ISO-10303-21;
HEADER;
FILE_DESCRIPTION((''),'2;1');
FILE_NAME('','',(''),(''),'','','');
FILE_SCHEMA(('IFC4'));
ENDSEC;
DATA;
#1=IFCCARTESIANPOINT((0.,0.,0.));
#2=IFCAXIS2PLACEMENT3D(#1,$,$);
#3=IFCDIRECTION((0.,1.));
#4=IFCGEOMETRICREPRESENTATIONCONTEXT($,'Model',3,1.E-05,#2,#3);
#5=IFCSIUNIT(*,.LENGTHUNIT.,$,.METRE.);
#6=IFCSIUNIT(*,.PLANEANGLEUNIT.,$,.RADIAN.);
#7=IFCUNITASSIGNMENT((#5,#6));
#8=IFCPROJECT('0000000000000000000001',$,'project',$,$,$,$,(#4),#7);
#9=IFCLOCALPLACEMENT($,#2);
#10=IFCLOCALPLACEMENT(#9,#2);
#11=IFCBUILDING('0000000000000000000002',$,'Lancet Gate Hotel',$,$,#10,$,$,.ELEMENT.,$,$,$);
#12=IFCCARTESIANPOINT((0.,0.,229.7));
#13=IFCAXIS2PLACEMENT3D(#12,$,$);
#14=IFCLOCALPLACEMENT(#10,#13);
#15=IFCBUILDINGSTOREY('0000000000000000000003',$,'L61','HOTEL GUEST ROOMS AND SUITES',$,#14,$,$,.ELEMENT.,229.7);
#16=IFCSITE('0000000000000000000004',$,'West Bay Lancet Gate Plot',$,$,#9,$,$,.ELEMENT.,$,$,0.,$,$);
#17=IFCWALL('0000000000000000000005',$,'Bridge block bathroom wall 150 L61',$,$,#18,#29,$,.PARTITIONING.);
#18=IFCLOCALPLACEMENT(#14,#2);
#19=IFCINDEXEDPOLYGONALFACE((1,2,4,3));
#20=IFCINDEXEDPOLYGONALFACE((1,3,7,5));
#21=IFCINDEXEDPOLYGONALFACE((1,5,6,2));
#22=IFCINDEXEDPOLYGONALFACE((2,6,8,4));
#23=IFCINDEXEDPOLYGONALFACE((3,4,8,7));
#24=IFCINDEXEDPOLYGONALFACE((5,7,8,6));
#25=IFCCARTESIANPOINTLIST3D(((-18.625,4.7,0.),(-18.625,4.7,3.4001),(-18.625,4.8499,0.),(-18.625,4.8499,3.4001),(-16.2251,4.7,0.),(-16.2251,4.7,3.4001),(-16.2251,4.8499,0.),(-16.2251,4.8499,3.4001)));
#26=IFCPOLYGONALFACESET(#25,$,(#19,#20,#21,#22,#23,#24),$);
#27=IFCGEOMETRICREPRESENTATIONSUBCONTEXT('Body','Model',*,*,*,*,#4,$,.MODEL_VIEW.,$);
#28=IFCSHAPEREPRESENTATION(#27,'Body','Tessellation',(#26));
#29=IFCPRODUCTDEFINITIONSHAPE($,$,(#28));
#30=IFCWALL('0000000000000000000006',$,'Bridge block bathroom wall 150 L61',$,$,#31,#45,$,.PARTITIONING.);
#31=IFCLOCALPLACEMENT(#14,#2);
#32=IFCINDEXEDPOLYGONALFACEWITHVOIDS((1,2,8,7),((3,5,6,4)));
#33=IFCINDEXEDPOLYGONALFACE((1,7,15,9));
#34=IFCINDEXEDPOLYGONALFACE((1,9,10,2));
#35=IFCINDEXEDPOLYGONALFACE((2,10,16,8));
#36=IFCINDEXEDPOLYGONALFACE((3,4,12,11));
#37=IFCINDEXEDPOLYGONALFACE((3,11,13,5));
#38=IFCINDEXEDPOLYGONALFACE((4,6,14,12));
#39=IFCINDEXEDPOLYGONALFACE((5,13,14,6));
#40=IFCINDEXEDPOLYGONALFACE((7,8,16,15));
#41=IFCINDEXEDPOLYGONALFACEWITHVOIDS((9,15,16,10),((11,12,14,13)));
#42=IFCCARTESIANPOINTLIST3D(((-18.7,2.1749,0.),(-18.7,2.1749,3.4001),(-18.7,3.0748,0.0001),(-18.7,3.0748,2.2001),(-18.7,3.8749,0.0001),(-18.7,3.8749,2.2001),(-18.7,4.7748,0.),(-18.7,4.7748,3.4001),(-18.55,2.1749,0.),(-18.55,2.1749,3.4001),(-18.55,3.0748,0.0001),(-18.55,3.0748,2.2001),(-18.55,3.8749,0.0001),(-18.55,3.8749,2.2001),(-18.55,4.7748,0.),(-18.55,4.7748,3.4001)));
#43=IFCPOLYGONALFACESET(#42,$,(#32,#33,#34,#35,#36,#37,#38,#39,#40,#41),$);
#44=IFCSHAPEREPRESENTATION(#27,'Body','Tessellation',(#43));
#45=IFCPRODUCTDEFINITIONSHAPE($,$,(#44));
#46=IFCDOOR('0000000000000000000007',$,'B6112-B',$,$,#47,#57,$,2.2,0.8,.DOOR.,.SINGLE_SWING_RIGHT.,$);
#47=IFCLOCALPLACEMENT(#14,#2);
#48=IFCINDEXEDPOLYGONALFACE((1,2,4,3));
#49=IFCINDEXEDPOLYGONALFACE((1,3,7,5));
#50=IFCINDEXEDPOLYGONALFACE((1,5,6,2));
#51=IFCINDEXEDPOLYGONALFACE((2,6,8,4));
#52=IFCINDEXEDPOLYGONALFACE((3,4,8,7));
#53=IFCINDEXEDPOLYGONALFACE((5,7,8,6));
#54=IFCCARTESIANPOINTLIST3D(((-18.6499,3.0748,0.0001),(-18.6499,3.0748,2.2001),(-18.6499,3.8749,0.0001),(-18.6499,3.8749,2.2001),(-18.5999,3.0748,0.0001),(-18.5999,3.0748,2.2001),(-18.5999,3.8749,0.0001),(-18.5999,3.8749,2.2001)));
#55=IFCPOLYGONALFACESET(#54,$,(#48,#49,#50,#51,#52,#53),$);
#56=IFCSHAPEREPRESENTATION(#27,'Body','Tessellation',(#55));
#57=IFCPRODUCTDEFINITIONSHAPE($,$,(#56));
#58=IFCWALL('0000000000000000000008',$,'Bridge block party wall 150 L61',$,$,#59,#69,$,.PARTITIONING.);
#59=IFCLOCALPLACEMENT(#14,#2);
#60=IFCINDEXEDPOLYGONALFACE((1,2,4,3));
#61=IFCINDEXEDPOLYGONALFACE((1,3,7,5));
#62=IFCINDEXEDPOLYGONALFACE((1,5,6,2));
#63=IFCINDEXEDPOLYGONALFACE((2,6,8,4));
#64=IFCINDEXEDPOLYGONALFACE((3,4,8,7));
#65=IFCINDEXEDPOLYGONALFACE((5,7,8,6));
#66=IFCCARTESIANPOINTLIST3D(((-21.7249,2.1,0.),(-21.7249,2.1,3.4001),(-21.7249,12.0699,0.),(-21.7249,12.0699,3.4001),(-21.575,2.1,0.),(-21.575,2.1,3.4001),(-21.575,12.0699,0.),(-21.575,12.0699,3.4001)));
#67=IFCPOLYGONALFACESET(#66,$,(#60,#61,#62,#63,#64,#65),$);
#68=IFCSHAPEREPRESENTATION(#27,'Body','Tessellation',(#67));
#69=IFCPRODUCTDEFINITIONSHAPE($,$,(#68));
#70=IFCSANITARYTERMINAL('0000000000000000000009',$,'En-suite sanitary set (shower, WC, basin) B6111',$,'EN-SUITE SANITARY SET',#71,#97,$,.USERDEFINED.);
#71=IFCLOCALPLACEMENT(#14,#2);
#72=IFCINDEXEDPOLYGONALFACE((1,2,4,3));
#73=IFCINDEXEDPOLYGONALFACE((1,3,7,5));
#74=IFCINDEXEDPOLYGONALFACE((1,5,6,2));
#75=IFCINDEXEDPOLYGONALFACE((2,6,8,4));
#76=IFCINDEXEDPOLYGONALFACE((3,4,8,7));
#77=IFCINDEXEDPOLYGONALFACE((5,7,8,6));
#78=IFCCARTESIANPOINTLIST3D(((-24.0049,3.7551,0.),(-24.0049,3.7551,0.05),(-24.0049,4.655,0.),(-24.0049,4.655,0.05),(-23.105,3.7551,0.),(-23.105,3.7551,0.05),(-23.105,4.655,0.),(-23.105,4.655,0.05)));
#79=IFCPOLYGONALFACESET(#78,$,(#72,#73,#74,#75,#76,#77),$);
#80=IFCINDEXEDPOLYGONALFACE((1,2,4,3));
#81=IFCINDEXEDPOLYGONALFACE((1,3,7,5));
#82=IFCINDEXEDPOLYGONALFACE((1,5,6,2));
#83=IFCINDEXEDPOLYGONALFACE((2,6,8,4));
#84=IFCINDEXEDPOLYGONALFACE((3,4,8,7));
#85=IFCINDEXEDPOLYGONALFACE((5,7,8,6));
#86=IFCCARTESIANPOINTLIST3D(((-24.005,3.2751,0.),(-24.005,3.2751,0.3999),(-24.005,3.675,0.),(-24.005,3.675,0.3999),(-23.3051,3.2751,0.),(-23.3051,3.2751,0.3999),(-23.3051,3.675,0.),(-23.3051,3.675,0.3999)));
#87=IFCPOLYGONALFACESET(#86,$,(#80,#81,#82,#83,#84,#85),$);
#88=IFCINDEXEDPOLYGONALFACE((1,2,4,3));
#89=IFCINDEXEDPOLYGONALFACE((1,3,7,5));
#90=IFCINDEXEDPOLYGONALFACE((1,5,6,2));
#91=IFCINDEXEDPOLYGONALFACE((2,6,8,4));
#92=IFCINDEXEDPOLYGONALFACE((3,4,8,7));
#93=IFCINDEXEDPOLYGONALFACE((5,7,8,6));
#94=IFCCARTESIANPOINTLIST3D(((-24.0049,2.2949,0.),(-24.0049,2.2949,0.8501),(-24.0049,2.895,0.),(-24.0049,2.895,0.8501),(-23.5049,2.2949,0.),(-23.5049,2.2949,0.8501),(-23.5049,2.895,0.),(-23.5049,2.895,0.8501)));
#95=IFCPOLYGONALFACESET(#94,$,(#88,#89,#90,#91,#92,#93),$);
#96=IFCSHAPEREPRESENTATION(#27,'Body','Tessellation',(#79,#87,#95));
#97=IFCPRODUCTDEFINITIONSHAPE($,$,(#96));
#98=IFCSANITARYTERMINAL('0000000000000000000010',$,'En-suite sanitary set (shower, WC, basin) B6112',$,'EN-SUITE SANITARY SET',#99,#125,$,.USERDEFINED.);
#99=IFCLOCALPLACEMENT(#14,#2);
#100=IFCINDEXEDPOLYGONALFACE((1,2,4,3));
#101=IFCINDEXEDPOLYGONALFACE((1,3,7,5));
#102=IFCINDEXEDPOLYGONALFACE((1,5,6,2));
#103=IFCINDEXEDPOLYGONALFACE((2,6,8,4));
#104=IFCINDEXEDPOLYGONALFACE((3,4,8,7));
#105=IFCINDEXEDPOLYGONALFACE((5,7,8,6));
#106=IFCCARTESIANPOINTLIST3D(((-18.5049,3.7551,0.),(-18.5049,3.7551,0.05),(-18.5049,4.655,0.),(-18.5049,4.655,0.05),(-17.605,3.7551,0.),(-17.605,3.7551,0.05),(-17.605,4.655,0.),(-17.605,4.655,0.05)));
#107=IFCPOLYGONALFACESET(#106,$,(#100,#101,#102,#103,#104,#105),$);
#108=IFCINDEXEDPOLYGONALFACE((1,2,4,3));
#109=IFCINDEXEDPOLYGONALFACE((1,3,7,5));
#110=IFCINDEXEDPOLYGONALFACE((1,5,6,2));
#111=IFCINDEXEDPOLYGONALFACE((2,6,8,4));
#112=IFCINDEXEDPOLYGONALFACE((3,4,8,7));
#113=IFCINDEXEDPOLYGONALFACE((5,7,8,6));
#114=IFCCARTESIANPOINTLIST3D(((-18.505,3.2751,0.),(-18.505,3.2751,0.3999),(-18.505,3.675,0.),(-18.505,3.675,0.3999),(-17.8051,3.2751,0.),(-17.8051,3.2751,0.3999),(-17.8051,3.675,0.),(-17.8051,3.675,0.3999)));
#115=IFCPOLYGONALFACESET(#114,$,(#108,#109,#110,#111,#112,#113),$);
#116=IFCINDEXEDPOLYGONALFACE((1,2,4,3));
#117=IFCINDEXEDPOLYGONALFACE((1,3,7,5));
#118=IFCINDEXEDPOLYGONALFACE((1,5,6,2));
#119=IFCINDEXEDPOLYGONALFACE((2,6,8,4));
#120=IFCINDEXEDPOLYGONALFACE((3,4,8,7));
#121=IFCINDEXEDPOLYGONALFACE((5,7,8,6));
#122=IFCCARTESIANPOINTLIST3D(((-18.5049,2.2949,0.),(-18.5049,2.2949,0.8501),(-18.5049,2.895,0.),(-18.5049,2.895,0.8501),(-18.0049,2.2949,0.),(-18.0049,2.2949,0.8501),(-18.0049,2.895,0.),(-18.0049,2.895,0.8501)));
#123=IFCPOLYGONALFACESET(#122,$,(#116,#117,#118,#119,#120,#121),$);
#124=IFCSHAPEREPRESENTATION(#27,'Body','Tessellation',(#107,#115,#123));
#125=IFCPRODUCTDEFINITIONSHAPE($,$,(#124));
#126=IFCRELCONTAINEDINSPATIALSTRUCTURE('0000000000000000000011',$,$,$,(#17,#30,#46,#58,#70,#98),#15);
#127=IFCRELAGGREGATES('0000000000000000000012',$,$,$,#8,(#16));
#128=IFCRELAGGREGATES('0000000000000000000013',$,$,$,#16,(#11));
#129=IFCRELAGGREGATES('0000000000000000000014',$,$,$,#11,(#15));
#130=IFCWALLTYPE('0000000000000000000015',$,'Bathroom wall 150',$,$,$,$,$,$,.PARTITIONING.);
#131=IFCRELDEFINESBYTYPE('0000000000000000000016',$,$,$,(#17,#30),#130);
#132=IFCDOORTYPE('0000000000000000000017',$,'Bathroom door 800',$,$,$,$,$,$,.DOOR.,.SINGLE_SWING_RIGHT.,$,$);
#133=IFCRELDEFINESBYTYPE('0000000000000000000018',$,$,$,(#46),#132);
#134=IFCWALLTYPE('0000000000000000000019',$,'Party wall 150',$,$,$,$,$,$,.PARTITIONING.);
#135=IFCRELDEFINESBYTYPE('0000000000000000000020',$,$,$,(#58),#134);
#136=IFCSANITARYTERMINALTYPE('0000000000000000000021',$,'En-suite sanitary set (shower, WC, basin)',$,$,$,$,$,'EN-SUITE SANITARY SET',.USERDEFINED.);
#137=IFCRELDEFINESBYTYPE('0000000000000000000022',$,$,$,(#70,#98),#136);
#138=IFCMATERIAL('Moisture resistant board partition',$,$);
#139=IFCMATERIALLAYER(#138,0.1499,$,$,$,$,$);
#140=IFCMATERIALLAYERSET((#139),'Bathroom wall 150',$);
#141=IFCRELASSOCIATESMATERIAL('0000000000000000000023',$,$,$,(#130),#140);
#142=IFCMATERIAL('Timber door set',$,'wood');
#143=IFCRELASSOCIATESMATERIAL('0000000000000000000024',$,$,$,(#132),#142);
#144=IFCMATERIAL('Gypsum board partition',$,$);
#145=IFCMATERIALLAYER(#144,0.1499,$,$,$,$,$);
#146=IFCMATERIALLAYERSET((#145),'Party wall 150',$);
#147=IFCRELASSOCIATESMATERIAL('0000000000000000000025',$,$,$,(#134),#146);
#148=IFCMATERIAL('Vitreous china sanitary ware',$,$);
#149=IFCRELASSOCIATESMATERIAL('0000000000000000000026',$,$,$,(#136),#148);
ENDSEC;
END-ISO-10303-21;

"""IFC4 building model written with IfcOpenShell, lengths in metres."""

from ifc_helpers import new_model, si_unit, direction, frame, frame_2d, origin, origin_2d, place, context, subcontext, project, spatial, rectangle, extrude, material, layer, layer_set, type_object, element, fill, save


model = new_model("IFC4")

# Units and contexts
model_context = context("Model", 3, precision=1e-05, world=origin(), true_north=direction((0.0, 1.0)))
body_context = subcontext(model_context, "Body", "Model", "MODEL_VIEW")
ifc_project = project(units=[si_unit("LENGTHUNIT", "METRE"), si_unit("PLANEANGLEUNIT", "RADIAN")], contexts=[model_context])

# Site, building, storey
site_placement = place(None, origin())
site = spatial("IfcSite", under=ifc_project, at=site_placement, Name="West Bay Lancet Gate Plot", CompositionType="ELEMENT", RefElevation=0.0)
building_placement = place(site_placement, origin())
building = spatial("IfcBuilding", under=site, at=building_placement, Name="Lancet Gate Hotel", CompositionType="ELEMENT")
storey_placement = place(building_placement, frame((0.0, 0.0, 229.7)))
storey = spatial("IfcBuildingStorey", under=building, at=storey_placement, Name="L61", Description="HOTEL GUEST ROOMS AND SUITES", CompositionType="ELEMENT", Elevation=229.7)

# Shared definitions
ifc_material_1 = material(Name="Moisture resistant board partition")
ifc_layer_1 = layer(ifc_material_1, 0.1499)
ifc_layer_set_1 = layer_set([ifc_layer_1], Name="Bathroom wall 150")
wall_type_1 = type_object("IfcWallType", Name="Bathroom wall 150", PredefinedType="PARTITIONING", material=ifc_layer_set_1)

# Shared definitions
ifc_material_2 = material(Name="Timber door set", Category="wood")
door_type = type_object("IfcDoorType", Name="Bathroom door 800", OperationType="SINGLE_SWING_RIGHT", PredefinedType="DOOR", material=ifc_material_2)

# Wall
wall_1_placement = place(storey_placement, frame((-18.625, 4.7749, 0.0), z_axis=(0.0, 0.0, 1.0), x_axis=(1.0, 0.0, 0.0)))
element("IfcWall", 1, at=wall_1_placement, inside=storey, type_object=wall_type_1, Name="Bridge block bathroom wall 150 L61", PredefinedType="PARTITIONING", context=body_context, shape_type="SweptSolid", body=[
    extrude(rectangle(XDim=2.3999, YDim=0.1499, at=frame_2d((1.2, 0.0))), origin(), (0.0, 0.0, 1.0), 3.4001),
])

# Wall, opening, door
wall_2_placement = place(storey_placement, frame((-18.625, 2.175, 0.0), z_axis=(0.0, 0.0, 1.0), x_axis=(0.0, 1.0, 0.0)))
wall_2 = element("IfcWall", 2, at=wall_2_placement, inside=storey, type_object=wall_type_1, Name="Bridge block bathroom wall 150 L61", PredefinedType="PARTITIONING", context=body_context, shape_type="SweptSolid", body=[
    extrude(rectangle(XDim=2.5999, YDim=0.1499, at=frame_2d((1.2998, 0.0))), origin(), (0.0, 0.0, 1.0), 3.4001),
])
opening_1_placement = place(wall_2_placement, frame((0.8999, 0.0, 0.0)))
opening_1 = element("IfcOpeningElement", 3, at=opening_1_placement, cuts=wall_2, PredefinedType="OPENING", context=body_context, shape_type="SweptSolid", body=[
    extrude(rectangle(XDim=0.8, YDim=2.2, at=frame_2d((0.3999, 1.1001))), frame((0.0, 0.085, 0.0), z_axis=(0.0, -1.0, 0.0), x_axis=(1.0, 0.0, 0.0)), (0.0, 0.0, 1.0), 0.1699),
])
door_1_placement = place(opening_1_placement, origin())
door_1 = element("IfcDoor", 4, at=door_1_placement, inside=storey, type_object=door_type, Name="B6112-B", OperationType="SINGLE_SWING_RIGHT", OverallHeight=2.2, OverallWidth=0.8, PredefinedType="DOOR", context=body_context, shape_type="SweptSolid", body=[
    extrude(rectangle(XDim=0.8, YDim=2.2, at=frame_2d((0.3999, 1.1001))), frame((0.0, 0.0249, 0.0), z_axis=(0.0, -1.0, 0.0), x_axis=(1.0, 0.0, 0.0)), (0.0, 0.0, 1.0), 0.05),
])
fill(opening_1, door_1)

# Wall
ifc_material_3 = material(Name="Gypsum board partition")
ifc_layer_2 = layer(ifc_material_3, 0.1499)
ifc_layer_set_2 = layer_set([ifc_layer_2], Name="Party wall 150")
wall_type_2 = type_object("IfcWallType", Name="Party wall 150", PredefinedType="PARTITIONING", material=ifc_layer_set_2)
wall_3_placement = place(storey_placement, frame((-21.6499, 2.1001, 0.0), z_axis=(0.0, 0.0, 1.0), x_axis=(0.0, 1.0, 0.0)))
element("IfcWall", 5, at=wall_3_placement, inside=storey, type_object=wall_type_2, Name="Bridge block party wall 150 L61", PredefinedType="PARTITIONING", context=body_context, shape_type="SweptSolid", body=[
    extrude(rectangle(XDim=9.97, YDim=0.1499, at=frame_2d((4.9849, 0.0))), origin(), (0.0, 0.0, 1.0), 3.4001),
])

# Sanitary terminals
ifc_material_4 = material(Name="Vitreous china sanitary ware")
sanitary_terminal_type = type_object("IfcSanitaryTerminalType", Name="En-suite sanitary set (shower, WC, basin)", ElementType="EN-SUITE SANITARY SET", PredefinedType="USERDEFINED", material=ifc_material_4)
for number, where, z_axis, x_axis, name in (
    (6, (-23.5549, 4.2051, 0.0), (0.0, 0.0, 1.0), (1.0, 0.0, 0.0), "En-suite sanitary set (shower, WC, basin) B6111"),
    (7, (-18.0549, 4.2051, 0.0), (0.0, 0.0, 1.0), (1.0, 0.0, 0.0), "En-suite sanitary set (shower, WC, basin) B6112"),
):
    element("IfcSanitaryTerminal", number, at=place(storey_placement, frame(where, z_axis=z_axis, x_axis=x_axis)), inside=storey, type_object=sanitary_terminal_type, Name=name, ObjectType="EN-SUITE SANITARY SET", PredefinedType="USERDEFINED", context=body_context, shape_type="SweptSolid", body=[
        extrude(rectangle(XDim=0.8999, YDim=0.8999, at=origin_2d()), frame((0.0, 0.0, 0.0), z_axis=(0.0, 0.0, 1.0), x_axis=(0.0, 1.0, 0.0)), (0.0, 0.0, 1.0), 0.05),
        extrude(rectangle(XDim=0.3999, YDim=0.7, at=origin_2d()), frame((-0.1001, -0.73, 0.0), z_axis=(0.0, 0.0, 1.0), x_axis=(0.0, 1.0, 0.0)), (0.0, 0.0, 1.0), 0.3999),
        extrude(rectangle(XDim=0.6001, YDim=0.5, at=origin_2d()), frame((-0.2, -1.6101, 0.0), z_axis=(0.0, 0.0, 1.0), x_axis=(0.0, 1.0, 0.0)), (0.0, 0.0, 1.0), 0.8501),
    ])

save(model, "model.ifc")
